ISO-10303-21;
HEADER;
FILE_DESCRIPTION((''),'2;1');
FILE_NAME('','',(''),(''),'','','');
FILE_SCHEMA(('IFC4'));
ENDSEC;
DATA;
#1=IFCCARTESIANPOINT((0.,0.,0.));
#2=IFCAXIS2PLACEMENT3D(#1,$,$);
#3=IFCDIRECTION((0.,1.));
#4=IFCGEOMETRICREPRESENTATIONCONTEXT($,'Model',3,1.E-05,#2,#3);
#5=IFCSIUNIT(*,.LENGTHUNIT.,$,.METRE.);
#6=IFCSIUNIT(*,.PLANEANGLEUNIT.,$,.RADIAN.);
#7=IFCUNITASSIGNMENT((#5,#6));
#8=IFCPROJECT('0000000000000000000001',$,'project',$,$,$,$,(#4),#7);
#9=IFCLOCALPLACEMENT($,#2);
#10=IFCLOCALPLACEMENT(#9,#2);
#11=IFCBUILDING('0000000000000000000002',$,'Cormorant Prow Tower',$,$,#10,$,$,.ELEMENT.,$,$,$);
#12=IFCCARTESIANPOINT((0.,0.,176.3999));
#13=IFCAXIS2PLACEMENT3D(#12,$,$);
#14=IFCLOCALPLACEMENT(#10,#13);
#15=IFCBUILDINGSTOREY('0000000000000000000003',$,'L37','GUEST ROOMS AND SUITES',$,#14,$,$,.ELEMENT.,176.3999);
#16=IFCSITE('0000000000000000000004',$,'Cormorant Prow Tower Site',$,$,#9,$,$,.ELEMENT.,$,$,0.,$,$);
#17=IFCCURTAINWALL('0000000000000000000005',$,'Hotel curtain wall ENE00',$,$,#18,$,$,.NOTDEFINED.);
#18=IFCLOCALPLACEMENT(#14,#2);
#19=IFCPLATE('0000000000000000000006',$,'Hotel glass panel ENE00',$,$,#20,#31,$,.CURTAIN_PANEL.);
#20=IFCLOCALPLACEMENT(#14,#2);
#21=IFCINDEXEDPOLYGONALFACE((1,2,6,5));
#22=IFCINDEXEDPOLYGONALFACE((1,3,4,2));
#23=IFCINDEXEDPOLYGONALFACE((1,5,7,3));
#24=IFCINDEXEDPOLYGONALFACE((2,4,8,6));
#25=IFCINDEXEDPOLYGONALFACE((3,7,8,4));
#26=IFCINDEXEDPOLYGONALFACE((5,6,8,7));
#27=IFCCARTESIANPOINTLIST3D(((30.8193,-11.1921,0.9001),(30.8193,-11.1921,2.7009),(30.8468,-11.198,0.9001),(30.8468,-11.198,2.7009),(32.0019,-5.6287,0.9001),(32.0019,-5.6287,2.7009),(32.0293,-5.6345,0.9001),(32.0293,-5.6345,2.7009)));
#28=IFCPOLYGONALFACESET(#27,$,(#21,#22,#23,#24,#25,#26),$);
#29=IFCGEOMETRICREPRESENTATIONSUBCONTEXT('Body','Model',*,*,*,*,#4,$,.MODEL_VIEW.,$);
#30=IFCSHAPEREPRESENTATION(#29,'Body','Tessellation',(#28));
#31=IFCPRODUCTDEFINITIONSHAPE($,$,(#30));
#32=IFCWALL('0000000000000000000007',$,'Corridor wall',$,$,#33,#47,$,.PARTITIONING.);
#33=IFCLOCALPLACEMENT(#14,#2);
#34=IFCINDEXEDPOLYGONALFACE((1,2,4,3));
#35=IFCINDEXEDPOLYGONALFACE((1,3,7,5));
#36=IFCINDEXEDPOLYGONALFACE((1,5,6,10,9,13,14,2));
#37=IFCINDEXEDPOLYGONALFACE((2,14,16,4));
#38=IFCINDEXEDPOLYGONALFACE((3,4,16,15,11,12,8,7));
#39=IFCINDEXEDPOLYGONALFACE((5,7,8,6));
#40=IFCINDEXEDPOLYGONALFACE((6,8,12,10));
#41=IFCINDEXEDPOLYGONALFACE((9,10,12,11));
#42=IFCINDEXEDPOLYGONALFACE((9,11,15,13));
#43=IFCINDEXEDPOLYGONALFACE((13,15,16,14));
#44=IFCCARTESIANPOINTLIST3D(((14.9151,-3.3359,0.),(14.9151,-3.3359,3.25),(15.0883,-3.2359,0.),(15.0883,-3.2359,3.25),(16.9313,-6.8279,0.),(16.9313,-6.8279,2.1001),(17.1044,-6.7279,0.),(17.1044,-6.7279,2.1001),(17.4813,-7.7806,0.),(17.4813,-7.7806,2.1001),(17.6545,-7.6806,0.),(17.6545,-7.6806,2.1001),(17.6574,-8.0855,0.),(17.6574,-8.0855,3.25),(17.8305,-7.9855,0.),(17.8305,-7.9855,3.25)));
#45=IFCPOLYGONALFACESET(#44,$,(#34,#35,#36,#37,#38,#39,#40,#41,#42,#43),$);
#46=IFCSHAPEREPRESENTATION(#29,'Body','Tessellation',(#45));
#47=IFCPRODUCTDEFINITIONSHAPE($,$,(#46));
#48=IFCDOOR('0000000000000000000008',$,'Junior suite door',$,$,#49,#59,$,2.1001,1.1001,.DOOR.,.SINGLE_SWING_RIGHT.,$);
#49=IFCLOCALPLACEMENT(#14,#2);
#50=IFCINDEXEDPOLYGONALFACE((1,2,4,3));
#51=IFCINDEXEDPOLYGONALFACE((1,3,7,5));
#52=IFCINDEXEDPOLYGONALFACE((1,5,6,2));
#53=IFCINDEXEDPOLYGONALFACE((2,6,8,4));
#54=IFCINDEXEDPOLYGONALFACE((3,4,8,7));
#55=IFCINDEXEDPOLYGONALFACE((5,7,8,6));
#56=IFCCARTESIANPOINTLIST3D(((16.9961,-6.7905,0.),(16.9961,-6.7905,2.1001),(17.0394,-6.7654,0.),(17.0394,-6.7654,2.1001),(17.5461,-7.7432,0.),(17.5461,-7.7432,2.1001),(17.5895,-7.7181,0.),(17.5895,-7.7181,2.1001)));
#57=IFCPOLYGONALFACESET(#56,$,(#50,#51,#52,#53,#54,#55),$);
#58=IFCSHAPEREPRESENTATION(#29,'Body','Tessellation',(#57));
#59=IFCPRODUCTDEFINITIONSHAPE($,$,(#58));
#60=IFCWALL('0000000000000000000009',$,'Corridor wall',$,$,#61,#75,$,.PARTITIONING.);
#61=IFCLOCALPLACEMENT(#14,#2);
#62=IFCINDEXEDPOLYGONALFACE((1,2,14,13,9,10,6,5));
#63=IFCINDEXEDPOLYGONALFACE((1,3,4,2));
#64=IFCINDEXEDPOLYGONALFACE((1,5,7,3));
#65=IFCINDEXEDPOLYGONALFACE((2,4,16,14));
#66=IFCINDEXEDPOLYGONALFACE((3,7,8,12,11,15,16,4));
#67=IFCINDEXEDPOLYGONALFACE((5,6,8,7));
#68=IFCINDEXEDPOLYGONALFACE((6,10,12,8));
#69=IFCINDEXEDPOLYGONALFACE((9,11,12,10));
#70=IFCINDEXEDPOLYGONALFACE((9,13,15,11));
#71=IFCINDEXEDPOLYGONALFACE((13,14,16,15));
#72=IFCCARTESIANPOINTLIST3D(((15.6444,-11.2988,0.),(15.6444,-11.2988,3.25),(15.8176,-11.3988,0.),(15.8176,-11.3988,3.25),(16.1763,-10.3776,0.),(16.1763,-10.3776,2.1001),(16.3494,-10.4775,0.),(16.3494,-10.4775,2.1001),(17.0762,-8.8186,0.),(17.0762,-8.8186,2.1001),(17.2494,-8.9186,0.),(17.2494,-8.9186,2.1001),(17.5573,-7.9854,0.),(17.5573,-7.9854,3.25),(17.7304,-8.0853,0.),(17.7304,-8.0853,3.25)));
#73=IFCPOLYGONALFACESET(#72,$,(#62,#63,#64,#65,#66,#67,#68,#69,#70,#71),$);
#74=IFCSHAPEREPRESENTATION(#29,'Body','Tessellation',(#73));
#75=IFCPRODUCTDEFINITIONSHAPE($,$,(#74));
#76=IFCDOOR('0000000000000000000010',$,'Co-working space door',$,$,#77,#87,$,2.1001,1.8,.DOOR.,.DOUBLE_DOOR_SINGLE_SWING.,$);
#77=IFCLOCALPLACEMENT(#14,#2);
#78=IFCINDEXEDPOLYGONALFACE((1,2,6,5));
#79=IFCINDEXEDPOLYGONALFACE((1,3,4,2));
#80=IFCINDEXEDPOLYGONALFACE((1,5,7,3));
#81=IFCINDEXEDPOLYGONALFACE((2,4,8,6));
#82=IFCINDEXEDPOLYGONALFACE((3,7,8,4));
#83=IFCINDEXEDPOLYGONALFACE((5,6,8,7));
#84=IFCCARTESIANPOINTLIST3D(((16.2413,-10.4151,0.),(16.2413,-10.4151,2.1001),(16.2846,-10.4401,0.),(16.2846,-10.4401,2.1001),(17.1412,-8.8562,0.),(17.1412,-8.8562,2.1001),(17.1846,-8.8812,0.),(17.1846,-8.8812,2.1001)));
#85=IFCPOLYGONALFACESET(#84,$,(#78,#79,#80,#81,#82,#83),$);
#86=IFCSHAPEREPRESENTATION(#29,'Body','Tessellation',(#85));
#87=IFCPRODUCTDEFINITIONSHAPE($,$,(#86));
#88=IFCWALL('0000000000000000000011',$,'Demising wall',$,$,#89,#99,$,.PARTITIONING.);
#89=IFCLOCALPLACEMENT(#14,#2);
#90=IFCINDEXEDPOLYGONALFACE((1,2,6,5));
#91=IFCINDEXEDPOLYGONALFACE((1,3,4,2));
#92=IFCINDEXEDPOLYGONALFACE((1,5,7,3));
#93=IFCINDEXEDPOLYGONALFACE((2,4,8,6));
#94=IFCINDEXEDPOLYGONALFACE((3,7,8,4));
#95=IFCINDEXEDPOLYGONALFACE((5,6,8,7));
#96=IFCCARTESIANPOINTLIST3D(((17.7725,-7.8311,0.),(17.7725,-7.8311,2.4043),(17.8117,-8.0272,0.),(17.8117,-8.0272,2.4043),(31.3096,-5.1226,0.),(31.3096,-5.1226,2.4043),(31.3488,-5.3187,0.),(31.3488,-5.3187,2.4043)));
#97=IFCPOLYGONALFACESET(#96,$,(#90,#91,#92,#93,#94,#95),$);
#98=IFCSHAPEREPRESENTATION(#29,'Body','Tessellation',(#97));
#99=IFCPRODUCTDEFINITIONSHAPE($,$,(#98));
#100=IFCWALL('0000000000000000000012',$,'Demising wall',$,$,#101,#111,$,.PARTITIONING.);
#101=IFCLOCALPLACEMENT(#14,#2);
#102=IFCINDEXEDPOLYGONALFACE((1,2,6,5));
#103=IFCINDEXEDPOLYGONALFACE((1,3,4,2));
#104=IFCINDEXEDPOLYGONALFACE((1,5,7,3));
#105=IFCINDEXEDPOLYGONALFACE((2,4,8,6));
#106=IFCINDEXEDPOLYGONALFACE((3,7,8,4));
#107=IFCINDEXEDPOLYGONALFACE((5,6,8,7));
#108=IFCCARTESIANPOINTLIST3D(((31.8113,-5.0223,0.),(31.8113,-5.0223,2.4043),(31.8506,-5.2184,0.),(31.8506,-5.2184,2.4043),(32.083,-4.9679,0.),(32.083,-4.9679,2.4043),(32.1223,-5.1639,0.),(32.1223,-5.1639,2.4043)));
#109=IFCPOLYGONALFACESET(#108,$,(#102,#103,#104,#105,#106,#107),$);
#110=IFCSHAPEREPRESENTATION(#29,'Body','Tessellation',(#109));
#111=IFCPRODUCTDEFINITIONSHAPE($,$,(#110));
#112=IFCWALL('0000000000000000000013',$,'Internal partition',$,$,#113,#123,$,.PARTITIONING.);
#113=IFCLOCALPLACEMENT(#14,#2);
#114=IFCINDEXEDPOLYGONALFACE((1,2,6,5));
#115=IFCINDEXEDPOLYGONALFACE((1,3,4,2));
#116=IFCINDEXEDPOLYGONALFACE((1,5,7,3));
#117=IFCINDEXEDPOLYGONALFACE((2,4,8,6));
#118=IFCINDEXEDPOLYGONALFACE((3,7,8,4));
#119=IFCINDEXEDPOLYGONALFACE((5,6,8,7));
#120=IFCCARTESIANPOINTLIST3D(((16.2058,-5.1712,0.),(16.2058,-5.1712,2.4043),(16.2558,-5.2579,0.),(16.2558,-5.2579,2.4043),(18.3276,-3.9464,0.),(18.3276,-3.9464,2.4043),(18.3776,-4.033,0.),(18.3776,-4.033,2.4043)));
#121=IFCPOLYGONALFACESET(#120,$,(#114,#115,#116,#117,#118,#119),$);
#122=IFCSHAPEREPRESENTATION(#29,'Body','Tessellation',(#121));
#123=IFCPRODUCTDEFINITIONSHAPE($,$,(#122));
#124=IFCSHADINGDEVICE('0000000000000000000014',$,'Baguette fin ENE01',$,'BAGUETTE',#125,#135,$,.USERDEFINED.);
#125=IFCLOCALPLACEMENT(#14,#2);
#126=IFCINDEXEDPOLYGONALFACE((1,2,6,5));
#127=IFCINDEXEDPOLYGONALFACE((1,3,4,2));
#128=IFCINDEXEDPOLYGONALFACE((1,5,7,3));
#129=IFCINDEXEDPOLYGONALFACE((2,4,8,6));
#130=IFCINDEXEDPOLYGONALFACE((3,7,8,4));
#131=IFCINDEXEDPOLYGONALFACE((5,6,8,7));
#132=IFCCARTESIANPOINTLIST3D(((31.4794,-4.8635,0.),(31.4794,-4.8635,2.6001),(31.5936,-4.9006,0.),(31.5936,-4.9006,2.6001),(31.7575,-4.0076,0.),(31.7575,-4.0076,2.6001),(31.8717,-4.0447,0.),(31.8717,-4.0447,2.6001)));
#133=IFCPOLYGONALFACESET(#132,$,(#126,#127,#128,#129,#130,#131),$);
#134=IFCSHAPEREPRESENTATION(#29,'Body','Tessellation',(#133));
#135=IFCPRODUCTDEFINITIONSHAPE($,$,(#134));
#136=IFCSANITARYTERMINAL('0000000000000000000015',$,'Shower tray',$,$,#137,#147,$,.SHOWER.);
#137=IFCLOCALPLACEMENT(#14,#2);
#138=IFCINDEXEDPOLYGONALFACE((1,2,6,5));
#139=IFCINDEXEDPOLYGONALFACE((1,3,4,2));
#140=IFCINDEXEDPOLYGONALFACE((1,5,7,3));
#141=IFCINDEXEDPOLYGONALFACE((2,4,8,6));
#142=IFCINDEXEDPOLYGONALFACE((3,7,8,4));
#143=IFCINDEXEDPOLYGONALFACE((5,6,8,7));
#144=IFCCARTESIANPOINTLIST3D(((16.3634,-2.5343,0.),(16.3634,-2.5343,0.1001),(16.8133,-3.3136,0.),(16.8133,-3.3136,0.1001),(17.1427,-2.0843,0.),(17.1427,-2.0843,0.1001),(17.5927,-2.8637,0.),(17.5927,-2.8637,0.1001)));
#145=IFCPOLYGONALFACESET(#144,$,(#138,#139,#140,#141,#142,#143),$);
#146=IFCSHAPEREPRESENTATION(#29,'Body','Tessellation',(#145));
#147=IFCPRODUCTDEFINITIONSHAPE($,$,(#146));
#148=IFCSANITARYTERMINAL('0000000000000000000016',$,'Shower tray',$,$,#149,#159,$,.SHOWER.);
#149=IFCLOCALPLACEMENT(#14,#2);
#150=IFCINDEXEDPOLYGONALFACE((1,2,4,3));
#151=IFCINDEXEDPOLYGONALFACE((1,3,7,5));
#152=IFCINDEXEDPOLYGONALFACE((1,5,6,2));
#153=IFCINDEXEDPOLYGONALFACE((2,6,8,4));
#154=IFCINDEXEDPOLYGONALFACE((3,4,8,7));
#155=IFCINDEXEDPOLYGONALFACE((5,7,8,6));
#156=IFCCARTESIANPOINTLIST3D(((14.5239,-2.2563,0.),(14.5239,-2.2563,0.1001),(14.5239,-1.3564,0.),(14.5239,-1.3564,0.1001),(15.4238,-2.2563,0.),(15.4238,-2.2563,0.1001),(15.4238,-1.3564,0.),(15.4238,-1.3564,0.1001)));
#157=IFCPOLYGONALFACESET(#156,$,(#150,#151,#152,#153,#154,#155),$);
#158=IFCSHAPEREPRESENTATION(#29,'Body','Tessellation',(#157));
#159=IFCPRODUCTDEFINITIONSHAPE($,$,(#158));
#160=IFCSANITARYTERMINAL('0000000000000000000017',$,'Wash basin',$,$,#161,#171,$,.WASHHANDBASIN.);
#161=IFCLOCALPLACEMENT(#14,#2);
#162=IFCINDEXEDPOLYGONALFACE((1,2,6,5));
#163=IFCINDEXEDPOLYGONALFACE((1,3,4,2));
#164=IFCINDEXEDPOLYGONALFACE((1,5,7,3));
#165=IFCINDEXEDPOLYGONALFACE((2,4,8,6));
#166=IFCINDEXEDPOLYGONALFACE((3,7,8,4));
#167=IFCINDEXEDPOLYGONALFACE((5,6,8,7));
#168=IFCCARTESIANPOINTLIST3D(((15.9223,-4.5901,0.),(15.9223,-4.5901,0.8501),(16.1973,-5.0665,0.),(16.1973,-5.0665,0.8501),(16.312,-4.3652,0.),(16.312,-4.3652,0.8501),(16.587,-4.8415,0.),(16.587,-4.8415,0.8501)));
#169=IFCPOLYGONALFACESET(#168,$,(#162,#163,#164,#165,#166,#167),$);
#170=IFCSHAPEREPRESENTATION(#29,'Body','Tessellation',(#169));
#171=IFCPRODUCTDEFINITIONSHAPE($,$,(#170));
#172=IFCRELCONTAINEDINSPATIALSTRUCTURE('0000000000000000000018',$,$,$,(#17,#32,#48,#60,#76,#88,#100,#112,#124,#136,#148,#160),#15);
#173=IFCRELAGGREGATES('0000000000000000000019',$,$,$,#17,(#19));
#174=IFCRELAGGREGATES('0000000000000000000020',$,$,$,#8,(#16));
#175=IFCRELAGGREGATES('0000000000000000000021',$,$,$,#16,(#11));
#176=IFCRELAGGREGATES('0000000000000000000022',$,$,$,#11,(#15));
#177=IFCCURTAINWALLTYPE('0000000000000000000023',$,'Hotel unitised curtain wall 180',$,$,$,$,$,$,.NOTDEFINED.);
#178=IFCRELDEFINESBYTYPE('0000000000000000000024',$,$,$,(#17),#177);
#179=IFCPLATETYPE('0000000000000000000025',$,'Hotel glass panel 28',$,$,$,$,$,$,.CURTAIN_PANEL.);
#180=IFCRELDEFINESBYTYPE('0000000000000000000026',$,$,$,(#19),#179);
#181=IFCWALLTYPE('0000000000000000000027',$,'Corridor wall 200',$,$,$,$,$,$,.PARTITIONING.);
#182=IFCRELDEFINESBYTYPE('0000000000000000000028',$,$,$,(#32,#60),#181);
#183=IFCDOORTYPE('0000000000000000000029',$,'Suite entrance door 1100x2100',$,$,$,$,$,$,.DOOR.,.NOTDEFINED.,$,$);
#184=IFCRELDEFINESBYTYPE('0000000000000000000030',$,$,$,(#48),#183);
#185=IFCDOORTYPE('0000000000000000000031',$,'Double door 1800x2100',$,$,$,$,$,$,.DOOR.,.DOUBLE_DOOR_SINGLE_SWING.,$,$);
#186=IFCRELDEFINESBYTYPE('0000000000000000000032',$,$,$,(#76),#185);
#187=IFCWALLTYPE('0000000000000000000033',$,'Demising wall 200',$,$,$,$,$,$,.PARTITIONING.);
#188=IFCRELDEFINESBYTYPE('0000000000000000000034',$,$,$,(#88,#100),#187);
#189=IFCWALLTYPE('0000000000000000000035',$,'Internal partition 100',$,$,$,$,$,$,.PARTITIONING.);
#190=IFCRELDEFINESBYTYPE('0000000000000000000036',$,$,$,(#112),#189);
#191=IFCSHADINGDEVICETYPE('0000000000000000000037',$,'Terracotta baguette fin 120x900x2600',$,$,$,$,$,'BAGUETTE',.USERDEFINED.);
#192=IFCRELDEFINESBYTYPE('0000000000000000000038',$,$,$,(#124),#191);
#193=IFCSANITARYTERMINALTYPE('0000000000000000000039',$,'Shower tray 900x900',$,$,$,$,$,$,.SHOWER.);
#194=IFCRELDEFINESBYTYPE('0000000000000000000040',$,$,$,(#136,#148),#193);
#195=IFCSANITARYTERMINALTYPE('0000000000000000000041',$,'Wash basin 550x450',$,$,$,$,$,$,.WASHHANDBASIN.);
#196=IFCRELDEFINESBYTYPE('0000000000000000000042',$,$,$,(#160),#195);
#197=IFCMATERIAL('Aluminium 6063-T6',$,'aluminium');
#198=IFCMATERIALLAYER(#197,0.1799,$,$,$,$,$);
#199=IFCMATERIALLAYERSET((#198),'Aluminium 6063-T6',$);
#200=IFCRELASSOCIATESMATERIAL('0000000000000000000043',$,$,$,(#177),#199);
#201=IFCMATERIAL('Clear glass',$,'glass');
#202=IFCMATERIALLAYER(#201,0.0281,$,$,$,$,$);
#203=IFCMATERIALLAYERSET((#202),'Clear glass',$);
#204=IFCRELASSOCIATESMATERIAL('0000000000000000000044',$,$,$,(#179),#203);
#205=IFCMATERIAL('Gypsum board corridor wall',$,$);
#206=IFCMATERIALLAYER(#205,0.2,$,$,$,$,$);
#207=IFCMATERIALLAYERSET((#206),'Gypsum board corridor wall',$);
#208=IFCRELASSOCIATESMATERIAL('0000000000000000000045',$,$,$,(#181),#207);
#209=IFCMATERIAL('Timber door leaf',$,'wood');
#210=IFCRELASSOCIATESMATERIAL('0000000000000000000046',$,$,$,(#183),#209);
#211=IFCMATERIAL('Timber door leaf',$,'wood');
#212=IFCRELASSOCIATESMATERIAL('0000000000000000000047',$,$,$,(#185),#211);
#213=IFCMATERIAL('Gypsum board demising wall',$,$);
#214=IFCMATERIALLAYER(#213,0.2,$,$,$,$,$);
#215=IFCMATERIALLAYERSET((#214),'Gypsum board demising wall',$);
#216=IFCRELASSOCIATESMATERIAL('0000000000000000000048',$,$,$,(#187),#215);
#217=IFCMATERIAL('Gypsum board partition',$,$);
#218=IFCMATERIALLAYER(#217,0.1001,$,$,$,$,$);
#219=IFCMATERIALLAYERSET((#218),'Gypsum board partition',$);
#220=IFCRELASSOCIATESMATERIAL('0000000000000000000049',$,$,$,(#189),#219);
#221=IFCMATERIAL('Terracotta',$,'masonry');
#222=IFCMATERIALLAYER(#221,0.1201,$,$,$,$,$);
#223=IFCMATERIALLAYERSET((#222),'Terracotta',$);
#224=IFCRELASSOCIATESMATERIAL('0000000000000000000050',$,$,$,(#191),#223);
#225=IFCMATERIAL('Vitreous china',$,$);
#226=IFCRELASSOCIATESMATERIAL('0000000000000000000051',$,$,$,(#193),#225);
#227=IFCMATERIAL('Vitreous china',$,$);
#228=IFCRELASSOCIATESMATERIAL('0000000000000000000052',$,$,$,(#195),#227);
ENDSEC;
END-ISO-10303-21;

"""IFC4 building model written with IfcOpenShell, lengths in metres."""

from ifc_helpers import new_model, si_unit, direction, frame, frame_2d, origin, origin_2d, place, context, subcontext, project, spatial, rectangle, extrude, material, layer, layer_set, type_object, element, fill, aggregate, save


model = new_model("IFC4")

# Units and contexts
model_context = context("Model", 3, precision=1e-05, world=origin(), true_north=direction((0.0, 1.0)))
body_context = subcontext(model_context, "Body", "Model", "MODEL_VIEW")
ifc_project = project(units=[si_unit("LENGTHUNIT", "METRE"), si_unit("PLANEANGLEUNIT", "RADIAN")], contexts=[model_context])

# Site, building, storey
site_placement = place(None, origin())
site = spatial("IfcSite", under=ifc_project, at=site_placement, Name="Cormorant Prow Tower Site", CompositionType="ELEMENT", RefElevation=0.0)
building_placement = place(site_placement, origin())
building = spatial("IfcBuilding", under=site, at=building_placement, Name="Cormorant Prow Tower", CompositionType="ELEMENT")
storey_placement = place(building_placement, frame((0.0, 0.0, 176.3999)))
storey = spatial("IfcBuildingStorey", under=building, at=storey_placement, Name="L37", Description="GUEST ROOMS AND SUITES", CompositionType="ELEMENT", Elevation=176.3999)

# Curtain wall
ifc_material_1 = material(Name="Aluminium 6063-T6", Category="aluminium")
ifc_layer_1 = layer(ifc_material_1, 0.1799)
ifc_layer_set_1 = layer_set([ifc_layer_1], Name="Aluminium 6063-T6")
curtain_wall_type = type_object("IfcCurtainWallType", Name="Hotel unitised curtain wall 180", PredefinedType="NOTDEFINED", material=ifc_layer_set_1)
curtain_wall_1_placement = place(storey_placement, origin())
curtain_wall_1 = element("IfcCurtainWall", 1, at=curtain_wall_1_placement, inside=storey, type_object=curtain_wall_type, Name="Hotel curtain wall ENE00", PredefinedType="NOTDEFINED")

# Plate
ifc_material_2 = material(Name="Clear glass", Category="glass")
ifc_layer_2 = layer(ifc_material_2, 0.0281)
ifc_layer_set_2 = layer_set([ifc_layer_2], Name="Clear glass")
plate_type = type_object("IfcPlateType", Name="Hotel glass panel 28", PredefinedType="CURTAIN_PANEL", material=ifc_layer_set_2)
plate_placement = place(storey_placement, frame((31.4243, -8.4133, 0.9001), z_axis=(0.0, 0.0, 1.0), x_axis=(0.207912, 0.978148, 0.0)))
plate = element("IfcPlate", 2, at=plate_placement, type_object=plate_type, Name="Hotel glass panel ENE00", PredefinedType="CURTAIN_PANEL", context=body_context, shape_type="SweptSolid", body=[
    extrude(rectangle(XDim=5.6877, YDim=0.0281, at=origin_2d()), origin(), (0.0, 0.0, 1.0), 1.8008),
])
aggregate(curtain_wall_1, [plate])

# Walls, openings, doors
ifc_material_3 = material(Name="Gypsum board corridor wall")
ifc_layer_3 = layer(ifc_material_3, 0.2)
ifc_layer_set_3 = layer_set([ifc_layer_3], Name="Gypsum board corridor wall")
wall_type_1 = type_object("IfcWallType", Name="Corridor wall 200", PredefinedType="PARTITIONING", material=ifc_layer_set_3)
wall_1_placement = place(storey_placement, frame((15.0017, -3.2859, 0.0), z_axis=(0.0, 0.0, 1.0), x_axis=(0.500008, -0.866021, 0.0)))
wall_1 = element("IfcWall", 3, at=wall_1_placement, inside=storey, type_object=wall_type_1, Name="Corridor wall", PredefinedType="PARTITIONING", context=body_context, shape_type="SweptSolid", body=[
    extrude(rectangle(XDim=5.4844, YDim=0.2, at=frame_2d((2.7422, 0.0))), origin(), (0.0, 0.0, 1.0), 3.25),
])
opening_1_placement = place(wall_1_placement, frame((4.0322, 0.0, 0.0)))
opening_1 = element("IfcOpeningElement", 4, at=opening_1_placement, cuts=wall_1, PredefinedType="OPENING", context=body_context, shape_type="SweptSolid", body=[
    extrude(rectangle(XDim=1.1001, YDim=2.1001, at=frame_2d((0.55, 1.05))), frame((0.0, 0.1099, 0.0), z_axis=(0.0, -1.0, 0.0), x_axis=(1.0, 0.0, 0.0)), (0.0, 0.0, 1.0), 0.22),
])
ifc_material_4 = material(Name="Timber door leaf", Category="wood")
door_type_1 = type_object("IfcDoorType", Name="Suite entrance door 1100x2100", OperationType="NOTDEFINED", PredefinedType="DOOR", material=ifc_material_4)
door_1_placement = place(opening_1_placement, origin())
door_1 = element("IfcDoor", 5, at=door_1_placement, inside=storey, type_object=door_type_1, Name="Junior suite door", OperationType="SINGLE_SWING_RIGHT", OverallHeight=2.1001, OverallWidth=1.1001, PredefinedType="DOOR", context=body_context, shape_type="SweptSolid", body=[
    extrude(rectangle(XDim=1.1001, YDim=2.1001, at=frame_2d((0.55, 1.05))), frame((0.0, 0.0249, 0.0), z_axis=(0.0, -1.0, 0.0), x_axis=(1.0, 0.0, 0.0)), (0.0, 0.0, 1.0), 0.05),
])
fill(opening_1, door_1)
wall_2_placement = place(storey_placement, frame((15.731, -11.3489, 0.0), z_axis=(0.0, 0.0, 1.0), x_axis=(0.499962, 0.866047, 0.0)))
wall_2 = element("IfcWall", 6, at=wall_2_placement, inside=storey, type_object=wall_type_1, Name="Corridor wall", PredefinedType="PARTITIONING", context=body_context, shape_type="SweptSolid", body=[
    extrude(rectangle(XDim=3.8259, YDim=0.2, at=frame_2d((1.9131, 0.0))), origin(), (0.0, 0.0, 1.0), 3.25),
])
opening_2_placement = place(wall_2_placement, frame((1.064, 0.0, 0.0)))
opening_2 = element("IfcOpeningElement", 7, at=opening_2_placement, cuts=wall_2, PredefinedType="OPENING", context=body_context, shape_type="SweptSolid", body=[
    extrude(rectangle(XDim=1.8, YDim=2.1001, at=frame_2d((0.8999, 1.05))), frame((0.0, 0.1099, 0.0), z_axis=(0.0, -1.0, 0.0), x_axis=(1.0, 0.0, 0.0)), (0.0, 0.0, 1.0), 0.22),
])
ifc_material_5 = material(Name="Timber door leaf", Category="wood")
door_type_2 = type_object("IfcDoorType", Name="Double door 1800x2100", OperationType="DOUBLE_DOOR_SINGLE_SWING", PredefinedType="DOOR", material=ifc_material_5)
door_2_placement = place(opening_2_placement, origin())
door_2 = element("IfcDoor", 8, at=door_2_placement, inside=storey, type_object=door_type_2, Name="Co-working space door", OperationType="DOUBLE_DOOR_SINGLE_SWING", OverallHeight=2.1001, OverallWidth=1.8, PredefinedType="DOOR", context=body_context, shape_type="SweptSolid", body=[
    extrude(rectangle(XDim=1.8, YDim=2.1001, at=frame_2d((0.8999, 1.05))), frame((0.0, 0.0249, 0.0), z_axis=(0.0, -1.0, 0.0), x_axis=(1.0, 0.0, 0.0)), (0.0, 0.0, 1.0), 0.05),
])
fill(opening_2, door_2)

# Walls
ifc_material_6 = material(Name="Gypsum board demising wall")
ifc_layer_4 = layer(ifc_material_6, 0.2)
ifc_layer_set_4 = layer_set([ifc_layer_4], Name="Gypsum board demising wall")
wall_type_2 = type_object("IfcWallType", Name="Demising wall 200", PredefinedType="PARTITIONING", material=ifc_layer_set_4)
wall_3_placement = place(storey_placement, frame((17.792, -7.9292, 0.0), z_axis=(0.0, 0.0, 1.0), x_axis=(0.980566, 0.196191, 0.0)))
element("IfcWall", 9, at=wall_3_placement, inside=storey, type_object=wall_type_2, Name="Demising wall", PredefinedType="PARTITIONING", context=body_context, shape_type="SweptSolid", body=[
    extrude(rectangle(XDim=13.8054, YDim=0.2, at=frame_2d((6.9028, 0.0))), origin(), (0.0, 0.0, 1.0), 2.4043),
])
wall_4_placement = place(storey_placement, frame((31.8308, -5.1204, 0.0), z_axis=(0.0, 0.0, 1.0), x_axis=(0.980513, 0.196455, 0.0)))
element("IfcWall", 10, at=wall_4_placement, inside=storey, type_object=wall_type_2, Name="Demising wall", PredefinedType="PARTITIONING", context=body_context, shape_type="SweptSolid", body=[
    extrude(rectangle(XDim=0.2771, YDim=0.2, at=frame_2d((0.1387, 0.0))), origin(), (0.0, 0.0, 1.0), 2.4043),
])
ifc_material_7 = material(Name="Gypsum board partition")
ifc_layer_5 = layer(ifc_material_7, 0.1001)
ifc_layer_set_5 = layer_set([ifc_layer_5], Name="Gypsum board partition")
wall_type_3 = type_object("IfcWallType", Name="Internal partition 100", PredefinedType="PARTITIONING", material=ifc_layer_set_5)
wall_5_placement = place(storey_placement, frame((16.2307, -5.2146, 0.0), z_axis=(0.0, 0.0, 1.0), x_axis=(0.866058, 0.499944, 0.0)))
element("IfcWall", 11, at=wall_5_placement, inside=storey, type_object=wall_type_3, Name="Internal partition", PredefinedType="PARTITIONING", context=body_context, shape_type="SweptSolid", body=[
    extrude(rectangle(XDim=2.45, YDim=0.1001, at=frame_2d((1.2251, 0.0))), origin(), (0.0, 0.0, 1.0), 2.4043),
])

# Shading device
ifc_material_8 = material(Name="Terracotta", Category="masonry")
ifc_layer_6 = layer(ifc_material_8, 0.1201)
ifc_layer_set_6 = layer_set([ifc_layer_6], Name="Terracotta")
shading_device_type = type_object("IfcShadingDeviceType", Name="Terracotta baguette fin 120x900x2600", ElementType="BAGUETTE", PredefinedType="USERDEFINED", material=ifc_layer_set_6)
shading_device_placement = place(storey_placement, frame((31.6755, -4.4541, 0.0), z_axis=(0.0, 0.0, 1.0), x_axis=(-0.951056, 0.309017, 0.0)))
element("IfcShadingDevice", 12, at=shading_device_placement, inside=storey, type_object=shading_device_type, Name="Baguette fin ENE01", ObjectType="BAGUETTE", PredefinedType="USERDEFINED", context=body_context, shape_type="SweptSolid", body=[
    extrude(rectangle(XDim=0.1201, YDim=0.8999, at=origin_2d()), origin(), (0.0, 0.0, 1.0), 2.6001),
])

# Sanitary terminals
ifc_material_9 = material(Name="Vitreous china")
sanitary_terminal_type_1 = type_object("IfcSanitaryTerminalType", Name="Shower tray 900x900", PredefinedType="SHOWER", material=ifc_material_9)
for number, where, z_axis, x_axis, name in (
    (13, (16.978, -2.699, 0.0), (0.0, 0.0, 1.0), (0.5, -0.866025, 0.0), "Shower tray"),
    (14, (14.9739, -1.8064, 0.0), (0.0, 0.0, 1.0), (1.0, 0.0, 0.0), "Shower tray"),
):
    element("IfcSanitaryTerminal", number, at=place(storey_placement, frame(where, z_axis=z_axis, x_axis=x_axis)), inside=storey, type_object=sanitary_terminal_type_1, Name=name, PredefinedType="SHOWER", context=body_context, shape_type="SweptSolid", body=[
        extrude(rectangle(XDim=0.8999, YDim=0.8999, at=origin_2d()), origin(), (0.0, 0.0, 1.0), 0.1001),
    ])
ifc_material_10 = material(Name="Vitreous china")
sanitary_terminal_type_2 = type_object("IfcSanitaryTerminalType", Name="Wash basin 550x450", PredefinedType="WASHHANDBASIN", material=ifc_material_10)
sanitary_terminal_placement = place(storey_placement, frame((16.2546, -4.7158, 0.0), z_axis=(0.0, 0.0, 1.0), x_axis=(-0.5, 0.866025, 0.0)))
element("IfcSanitaryTerminal", 15, at=sanitary_terminal_placement, inside=storey, type_object=sanitary_terminal_type_2, Name="Wash basin", PredefinedType="WASHHANDBASIN", context=body_context, shape_type="SweptSolid", body=[
    extrude(rectangle(XDim=0.55, YDim=0.45, at=origin_2d()), origin(), (0.0, 0.0, 1.0), 0.8501),
])

save(model, "model.ifc")
